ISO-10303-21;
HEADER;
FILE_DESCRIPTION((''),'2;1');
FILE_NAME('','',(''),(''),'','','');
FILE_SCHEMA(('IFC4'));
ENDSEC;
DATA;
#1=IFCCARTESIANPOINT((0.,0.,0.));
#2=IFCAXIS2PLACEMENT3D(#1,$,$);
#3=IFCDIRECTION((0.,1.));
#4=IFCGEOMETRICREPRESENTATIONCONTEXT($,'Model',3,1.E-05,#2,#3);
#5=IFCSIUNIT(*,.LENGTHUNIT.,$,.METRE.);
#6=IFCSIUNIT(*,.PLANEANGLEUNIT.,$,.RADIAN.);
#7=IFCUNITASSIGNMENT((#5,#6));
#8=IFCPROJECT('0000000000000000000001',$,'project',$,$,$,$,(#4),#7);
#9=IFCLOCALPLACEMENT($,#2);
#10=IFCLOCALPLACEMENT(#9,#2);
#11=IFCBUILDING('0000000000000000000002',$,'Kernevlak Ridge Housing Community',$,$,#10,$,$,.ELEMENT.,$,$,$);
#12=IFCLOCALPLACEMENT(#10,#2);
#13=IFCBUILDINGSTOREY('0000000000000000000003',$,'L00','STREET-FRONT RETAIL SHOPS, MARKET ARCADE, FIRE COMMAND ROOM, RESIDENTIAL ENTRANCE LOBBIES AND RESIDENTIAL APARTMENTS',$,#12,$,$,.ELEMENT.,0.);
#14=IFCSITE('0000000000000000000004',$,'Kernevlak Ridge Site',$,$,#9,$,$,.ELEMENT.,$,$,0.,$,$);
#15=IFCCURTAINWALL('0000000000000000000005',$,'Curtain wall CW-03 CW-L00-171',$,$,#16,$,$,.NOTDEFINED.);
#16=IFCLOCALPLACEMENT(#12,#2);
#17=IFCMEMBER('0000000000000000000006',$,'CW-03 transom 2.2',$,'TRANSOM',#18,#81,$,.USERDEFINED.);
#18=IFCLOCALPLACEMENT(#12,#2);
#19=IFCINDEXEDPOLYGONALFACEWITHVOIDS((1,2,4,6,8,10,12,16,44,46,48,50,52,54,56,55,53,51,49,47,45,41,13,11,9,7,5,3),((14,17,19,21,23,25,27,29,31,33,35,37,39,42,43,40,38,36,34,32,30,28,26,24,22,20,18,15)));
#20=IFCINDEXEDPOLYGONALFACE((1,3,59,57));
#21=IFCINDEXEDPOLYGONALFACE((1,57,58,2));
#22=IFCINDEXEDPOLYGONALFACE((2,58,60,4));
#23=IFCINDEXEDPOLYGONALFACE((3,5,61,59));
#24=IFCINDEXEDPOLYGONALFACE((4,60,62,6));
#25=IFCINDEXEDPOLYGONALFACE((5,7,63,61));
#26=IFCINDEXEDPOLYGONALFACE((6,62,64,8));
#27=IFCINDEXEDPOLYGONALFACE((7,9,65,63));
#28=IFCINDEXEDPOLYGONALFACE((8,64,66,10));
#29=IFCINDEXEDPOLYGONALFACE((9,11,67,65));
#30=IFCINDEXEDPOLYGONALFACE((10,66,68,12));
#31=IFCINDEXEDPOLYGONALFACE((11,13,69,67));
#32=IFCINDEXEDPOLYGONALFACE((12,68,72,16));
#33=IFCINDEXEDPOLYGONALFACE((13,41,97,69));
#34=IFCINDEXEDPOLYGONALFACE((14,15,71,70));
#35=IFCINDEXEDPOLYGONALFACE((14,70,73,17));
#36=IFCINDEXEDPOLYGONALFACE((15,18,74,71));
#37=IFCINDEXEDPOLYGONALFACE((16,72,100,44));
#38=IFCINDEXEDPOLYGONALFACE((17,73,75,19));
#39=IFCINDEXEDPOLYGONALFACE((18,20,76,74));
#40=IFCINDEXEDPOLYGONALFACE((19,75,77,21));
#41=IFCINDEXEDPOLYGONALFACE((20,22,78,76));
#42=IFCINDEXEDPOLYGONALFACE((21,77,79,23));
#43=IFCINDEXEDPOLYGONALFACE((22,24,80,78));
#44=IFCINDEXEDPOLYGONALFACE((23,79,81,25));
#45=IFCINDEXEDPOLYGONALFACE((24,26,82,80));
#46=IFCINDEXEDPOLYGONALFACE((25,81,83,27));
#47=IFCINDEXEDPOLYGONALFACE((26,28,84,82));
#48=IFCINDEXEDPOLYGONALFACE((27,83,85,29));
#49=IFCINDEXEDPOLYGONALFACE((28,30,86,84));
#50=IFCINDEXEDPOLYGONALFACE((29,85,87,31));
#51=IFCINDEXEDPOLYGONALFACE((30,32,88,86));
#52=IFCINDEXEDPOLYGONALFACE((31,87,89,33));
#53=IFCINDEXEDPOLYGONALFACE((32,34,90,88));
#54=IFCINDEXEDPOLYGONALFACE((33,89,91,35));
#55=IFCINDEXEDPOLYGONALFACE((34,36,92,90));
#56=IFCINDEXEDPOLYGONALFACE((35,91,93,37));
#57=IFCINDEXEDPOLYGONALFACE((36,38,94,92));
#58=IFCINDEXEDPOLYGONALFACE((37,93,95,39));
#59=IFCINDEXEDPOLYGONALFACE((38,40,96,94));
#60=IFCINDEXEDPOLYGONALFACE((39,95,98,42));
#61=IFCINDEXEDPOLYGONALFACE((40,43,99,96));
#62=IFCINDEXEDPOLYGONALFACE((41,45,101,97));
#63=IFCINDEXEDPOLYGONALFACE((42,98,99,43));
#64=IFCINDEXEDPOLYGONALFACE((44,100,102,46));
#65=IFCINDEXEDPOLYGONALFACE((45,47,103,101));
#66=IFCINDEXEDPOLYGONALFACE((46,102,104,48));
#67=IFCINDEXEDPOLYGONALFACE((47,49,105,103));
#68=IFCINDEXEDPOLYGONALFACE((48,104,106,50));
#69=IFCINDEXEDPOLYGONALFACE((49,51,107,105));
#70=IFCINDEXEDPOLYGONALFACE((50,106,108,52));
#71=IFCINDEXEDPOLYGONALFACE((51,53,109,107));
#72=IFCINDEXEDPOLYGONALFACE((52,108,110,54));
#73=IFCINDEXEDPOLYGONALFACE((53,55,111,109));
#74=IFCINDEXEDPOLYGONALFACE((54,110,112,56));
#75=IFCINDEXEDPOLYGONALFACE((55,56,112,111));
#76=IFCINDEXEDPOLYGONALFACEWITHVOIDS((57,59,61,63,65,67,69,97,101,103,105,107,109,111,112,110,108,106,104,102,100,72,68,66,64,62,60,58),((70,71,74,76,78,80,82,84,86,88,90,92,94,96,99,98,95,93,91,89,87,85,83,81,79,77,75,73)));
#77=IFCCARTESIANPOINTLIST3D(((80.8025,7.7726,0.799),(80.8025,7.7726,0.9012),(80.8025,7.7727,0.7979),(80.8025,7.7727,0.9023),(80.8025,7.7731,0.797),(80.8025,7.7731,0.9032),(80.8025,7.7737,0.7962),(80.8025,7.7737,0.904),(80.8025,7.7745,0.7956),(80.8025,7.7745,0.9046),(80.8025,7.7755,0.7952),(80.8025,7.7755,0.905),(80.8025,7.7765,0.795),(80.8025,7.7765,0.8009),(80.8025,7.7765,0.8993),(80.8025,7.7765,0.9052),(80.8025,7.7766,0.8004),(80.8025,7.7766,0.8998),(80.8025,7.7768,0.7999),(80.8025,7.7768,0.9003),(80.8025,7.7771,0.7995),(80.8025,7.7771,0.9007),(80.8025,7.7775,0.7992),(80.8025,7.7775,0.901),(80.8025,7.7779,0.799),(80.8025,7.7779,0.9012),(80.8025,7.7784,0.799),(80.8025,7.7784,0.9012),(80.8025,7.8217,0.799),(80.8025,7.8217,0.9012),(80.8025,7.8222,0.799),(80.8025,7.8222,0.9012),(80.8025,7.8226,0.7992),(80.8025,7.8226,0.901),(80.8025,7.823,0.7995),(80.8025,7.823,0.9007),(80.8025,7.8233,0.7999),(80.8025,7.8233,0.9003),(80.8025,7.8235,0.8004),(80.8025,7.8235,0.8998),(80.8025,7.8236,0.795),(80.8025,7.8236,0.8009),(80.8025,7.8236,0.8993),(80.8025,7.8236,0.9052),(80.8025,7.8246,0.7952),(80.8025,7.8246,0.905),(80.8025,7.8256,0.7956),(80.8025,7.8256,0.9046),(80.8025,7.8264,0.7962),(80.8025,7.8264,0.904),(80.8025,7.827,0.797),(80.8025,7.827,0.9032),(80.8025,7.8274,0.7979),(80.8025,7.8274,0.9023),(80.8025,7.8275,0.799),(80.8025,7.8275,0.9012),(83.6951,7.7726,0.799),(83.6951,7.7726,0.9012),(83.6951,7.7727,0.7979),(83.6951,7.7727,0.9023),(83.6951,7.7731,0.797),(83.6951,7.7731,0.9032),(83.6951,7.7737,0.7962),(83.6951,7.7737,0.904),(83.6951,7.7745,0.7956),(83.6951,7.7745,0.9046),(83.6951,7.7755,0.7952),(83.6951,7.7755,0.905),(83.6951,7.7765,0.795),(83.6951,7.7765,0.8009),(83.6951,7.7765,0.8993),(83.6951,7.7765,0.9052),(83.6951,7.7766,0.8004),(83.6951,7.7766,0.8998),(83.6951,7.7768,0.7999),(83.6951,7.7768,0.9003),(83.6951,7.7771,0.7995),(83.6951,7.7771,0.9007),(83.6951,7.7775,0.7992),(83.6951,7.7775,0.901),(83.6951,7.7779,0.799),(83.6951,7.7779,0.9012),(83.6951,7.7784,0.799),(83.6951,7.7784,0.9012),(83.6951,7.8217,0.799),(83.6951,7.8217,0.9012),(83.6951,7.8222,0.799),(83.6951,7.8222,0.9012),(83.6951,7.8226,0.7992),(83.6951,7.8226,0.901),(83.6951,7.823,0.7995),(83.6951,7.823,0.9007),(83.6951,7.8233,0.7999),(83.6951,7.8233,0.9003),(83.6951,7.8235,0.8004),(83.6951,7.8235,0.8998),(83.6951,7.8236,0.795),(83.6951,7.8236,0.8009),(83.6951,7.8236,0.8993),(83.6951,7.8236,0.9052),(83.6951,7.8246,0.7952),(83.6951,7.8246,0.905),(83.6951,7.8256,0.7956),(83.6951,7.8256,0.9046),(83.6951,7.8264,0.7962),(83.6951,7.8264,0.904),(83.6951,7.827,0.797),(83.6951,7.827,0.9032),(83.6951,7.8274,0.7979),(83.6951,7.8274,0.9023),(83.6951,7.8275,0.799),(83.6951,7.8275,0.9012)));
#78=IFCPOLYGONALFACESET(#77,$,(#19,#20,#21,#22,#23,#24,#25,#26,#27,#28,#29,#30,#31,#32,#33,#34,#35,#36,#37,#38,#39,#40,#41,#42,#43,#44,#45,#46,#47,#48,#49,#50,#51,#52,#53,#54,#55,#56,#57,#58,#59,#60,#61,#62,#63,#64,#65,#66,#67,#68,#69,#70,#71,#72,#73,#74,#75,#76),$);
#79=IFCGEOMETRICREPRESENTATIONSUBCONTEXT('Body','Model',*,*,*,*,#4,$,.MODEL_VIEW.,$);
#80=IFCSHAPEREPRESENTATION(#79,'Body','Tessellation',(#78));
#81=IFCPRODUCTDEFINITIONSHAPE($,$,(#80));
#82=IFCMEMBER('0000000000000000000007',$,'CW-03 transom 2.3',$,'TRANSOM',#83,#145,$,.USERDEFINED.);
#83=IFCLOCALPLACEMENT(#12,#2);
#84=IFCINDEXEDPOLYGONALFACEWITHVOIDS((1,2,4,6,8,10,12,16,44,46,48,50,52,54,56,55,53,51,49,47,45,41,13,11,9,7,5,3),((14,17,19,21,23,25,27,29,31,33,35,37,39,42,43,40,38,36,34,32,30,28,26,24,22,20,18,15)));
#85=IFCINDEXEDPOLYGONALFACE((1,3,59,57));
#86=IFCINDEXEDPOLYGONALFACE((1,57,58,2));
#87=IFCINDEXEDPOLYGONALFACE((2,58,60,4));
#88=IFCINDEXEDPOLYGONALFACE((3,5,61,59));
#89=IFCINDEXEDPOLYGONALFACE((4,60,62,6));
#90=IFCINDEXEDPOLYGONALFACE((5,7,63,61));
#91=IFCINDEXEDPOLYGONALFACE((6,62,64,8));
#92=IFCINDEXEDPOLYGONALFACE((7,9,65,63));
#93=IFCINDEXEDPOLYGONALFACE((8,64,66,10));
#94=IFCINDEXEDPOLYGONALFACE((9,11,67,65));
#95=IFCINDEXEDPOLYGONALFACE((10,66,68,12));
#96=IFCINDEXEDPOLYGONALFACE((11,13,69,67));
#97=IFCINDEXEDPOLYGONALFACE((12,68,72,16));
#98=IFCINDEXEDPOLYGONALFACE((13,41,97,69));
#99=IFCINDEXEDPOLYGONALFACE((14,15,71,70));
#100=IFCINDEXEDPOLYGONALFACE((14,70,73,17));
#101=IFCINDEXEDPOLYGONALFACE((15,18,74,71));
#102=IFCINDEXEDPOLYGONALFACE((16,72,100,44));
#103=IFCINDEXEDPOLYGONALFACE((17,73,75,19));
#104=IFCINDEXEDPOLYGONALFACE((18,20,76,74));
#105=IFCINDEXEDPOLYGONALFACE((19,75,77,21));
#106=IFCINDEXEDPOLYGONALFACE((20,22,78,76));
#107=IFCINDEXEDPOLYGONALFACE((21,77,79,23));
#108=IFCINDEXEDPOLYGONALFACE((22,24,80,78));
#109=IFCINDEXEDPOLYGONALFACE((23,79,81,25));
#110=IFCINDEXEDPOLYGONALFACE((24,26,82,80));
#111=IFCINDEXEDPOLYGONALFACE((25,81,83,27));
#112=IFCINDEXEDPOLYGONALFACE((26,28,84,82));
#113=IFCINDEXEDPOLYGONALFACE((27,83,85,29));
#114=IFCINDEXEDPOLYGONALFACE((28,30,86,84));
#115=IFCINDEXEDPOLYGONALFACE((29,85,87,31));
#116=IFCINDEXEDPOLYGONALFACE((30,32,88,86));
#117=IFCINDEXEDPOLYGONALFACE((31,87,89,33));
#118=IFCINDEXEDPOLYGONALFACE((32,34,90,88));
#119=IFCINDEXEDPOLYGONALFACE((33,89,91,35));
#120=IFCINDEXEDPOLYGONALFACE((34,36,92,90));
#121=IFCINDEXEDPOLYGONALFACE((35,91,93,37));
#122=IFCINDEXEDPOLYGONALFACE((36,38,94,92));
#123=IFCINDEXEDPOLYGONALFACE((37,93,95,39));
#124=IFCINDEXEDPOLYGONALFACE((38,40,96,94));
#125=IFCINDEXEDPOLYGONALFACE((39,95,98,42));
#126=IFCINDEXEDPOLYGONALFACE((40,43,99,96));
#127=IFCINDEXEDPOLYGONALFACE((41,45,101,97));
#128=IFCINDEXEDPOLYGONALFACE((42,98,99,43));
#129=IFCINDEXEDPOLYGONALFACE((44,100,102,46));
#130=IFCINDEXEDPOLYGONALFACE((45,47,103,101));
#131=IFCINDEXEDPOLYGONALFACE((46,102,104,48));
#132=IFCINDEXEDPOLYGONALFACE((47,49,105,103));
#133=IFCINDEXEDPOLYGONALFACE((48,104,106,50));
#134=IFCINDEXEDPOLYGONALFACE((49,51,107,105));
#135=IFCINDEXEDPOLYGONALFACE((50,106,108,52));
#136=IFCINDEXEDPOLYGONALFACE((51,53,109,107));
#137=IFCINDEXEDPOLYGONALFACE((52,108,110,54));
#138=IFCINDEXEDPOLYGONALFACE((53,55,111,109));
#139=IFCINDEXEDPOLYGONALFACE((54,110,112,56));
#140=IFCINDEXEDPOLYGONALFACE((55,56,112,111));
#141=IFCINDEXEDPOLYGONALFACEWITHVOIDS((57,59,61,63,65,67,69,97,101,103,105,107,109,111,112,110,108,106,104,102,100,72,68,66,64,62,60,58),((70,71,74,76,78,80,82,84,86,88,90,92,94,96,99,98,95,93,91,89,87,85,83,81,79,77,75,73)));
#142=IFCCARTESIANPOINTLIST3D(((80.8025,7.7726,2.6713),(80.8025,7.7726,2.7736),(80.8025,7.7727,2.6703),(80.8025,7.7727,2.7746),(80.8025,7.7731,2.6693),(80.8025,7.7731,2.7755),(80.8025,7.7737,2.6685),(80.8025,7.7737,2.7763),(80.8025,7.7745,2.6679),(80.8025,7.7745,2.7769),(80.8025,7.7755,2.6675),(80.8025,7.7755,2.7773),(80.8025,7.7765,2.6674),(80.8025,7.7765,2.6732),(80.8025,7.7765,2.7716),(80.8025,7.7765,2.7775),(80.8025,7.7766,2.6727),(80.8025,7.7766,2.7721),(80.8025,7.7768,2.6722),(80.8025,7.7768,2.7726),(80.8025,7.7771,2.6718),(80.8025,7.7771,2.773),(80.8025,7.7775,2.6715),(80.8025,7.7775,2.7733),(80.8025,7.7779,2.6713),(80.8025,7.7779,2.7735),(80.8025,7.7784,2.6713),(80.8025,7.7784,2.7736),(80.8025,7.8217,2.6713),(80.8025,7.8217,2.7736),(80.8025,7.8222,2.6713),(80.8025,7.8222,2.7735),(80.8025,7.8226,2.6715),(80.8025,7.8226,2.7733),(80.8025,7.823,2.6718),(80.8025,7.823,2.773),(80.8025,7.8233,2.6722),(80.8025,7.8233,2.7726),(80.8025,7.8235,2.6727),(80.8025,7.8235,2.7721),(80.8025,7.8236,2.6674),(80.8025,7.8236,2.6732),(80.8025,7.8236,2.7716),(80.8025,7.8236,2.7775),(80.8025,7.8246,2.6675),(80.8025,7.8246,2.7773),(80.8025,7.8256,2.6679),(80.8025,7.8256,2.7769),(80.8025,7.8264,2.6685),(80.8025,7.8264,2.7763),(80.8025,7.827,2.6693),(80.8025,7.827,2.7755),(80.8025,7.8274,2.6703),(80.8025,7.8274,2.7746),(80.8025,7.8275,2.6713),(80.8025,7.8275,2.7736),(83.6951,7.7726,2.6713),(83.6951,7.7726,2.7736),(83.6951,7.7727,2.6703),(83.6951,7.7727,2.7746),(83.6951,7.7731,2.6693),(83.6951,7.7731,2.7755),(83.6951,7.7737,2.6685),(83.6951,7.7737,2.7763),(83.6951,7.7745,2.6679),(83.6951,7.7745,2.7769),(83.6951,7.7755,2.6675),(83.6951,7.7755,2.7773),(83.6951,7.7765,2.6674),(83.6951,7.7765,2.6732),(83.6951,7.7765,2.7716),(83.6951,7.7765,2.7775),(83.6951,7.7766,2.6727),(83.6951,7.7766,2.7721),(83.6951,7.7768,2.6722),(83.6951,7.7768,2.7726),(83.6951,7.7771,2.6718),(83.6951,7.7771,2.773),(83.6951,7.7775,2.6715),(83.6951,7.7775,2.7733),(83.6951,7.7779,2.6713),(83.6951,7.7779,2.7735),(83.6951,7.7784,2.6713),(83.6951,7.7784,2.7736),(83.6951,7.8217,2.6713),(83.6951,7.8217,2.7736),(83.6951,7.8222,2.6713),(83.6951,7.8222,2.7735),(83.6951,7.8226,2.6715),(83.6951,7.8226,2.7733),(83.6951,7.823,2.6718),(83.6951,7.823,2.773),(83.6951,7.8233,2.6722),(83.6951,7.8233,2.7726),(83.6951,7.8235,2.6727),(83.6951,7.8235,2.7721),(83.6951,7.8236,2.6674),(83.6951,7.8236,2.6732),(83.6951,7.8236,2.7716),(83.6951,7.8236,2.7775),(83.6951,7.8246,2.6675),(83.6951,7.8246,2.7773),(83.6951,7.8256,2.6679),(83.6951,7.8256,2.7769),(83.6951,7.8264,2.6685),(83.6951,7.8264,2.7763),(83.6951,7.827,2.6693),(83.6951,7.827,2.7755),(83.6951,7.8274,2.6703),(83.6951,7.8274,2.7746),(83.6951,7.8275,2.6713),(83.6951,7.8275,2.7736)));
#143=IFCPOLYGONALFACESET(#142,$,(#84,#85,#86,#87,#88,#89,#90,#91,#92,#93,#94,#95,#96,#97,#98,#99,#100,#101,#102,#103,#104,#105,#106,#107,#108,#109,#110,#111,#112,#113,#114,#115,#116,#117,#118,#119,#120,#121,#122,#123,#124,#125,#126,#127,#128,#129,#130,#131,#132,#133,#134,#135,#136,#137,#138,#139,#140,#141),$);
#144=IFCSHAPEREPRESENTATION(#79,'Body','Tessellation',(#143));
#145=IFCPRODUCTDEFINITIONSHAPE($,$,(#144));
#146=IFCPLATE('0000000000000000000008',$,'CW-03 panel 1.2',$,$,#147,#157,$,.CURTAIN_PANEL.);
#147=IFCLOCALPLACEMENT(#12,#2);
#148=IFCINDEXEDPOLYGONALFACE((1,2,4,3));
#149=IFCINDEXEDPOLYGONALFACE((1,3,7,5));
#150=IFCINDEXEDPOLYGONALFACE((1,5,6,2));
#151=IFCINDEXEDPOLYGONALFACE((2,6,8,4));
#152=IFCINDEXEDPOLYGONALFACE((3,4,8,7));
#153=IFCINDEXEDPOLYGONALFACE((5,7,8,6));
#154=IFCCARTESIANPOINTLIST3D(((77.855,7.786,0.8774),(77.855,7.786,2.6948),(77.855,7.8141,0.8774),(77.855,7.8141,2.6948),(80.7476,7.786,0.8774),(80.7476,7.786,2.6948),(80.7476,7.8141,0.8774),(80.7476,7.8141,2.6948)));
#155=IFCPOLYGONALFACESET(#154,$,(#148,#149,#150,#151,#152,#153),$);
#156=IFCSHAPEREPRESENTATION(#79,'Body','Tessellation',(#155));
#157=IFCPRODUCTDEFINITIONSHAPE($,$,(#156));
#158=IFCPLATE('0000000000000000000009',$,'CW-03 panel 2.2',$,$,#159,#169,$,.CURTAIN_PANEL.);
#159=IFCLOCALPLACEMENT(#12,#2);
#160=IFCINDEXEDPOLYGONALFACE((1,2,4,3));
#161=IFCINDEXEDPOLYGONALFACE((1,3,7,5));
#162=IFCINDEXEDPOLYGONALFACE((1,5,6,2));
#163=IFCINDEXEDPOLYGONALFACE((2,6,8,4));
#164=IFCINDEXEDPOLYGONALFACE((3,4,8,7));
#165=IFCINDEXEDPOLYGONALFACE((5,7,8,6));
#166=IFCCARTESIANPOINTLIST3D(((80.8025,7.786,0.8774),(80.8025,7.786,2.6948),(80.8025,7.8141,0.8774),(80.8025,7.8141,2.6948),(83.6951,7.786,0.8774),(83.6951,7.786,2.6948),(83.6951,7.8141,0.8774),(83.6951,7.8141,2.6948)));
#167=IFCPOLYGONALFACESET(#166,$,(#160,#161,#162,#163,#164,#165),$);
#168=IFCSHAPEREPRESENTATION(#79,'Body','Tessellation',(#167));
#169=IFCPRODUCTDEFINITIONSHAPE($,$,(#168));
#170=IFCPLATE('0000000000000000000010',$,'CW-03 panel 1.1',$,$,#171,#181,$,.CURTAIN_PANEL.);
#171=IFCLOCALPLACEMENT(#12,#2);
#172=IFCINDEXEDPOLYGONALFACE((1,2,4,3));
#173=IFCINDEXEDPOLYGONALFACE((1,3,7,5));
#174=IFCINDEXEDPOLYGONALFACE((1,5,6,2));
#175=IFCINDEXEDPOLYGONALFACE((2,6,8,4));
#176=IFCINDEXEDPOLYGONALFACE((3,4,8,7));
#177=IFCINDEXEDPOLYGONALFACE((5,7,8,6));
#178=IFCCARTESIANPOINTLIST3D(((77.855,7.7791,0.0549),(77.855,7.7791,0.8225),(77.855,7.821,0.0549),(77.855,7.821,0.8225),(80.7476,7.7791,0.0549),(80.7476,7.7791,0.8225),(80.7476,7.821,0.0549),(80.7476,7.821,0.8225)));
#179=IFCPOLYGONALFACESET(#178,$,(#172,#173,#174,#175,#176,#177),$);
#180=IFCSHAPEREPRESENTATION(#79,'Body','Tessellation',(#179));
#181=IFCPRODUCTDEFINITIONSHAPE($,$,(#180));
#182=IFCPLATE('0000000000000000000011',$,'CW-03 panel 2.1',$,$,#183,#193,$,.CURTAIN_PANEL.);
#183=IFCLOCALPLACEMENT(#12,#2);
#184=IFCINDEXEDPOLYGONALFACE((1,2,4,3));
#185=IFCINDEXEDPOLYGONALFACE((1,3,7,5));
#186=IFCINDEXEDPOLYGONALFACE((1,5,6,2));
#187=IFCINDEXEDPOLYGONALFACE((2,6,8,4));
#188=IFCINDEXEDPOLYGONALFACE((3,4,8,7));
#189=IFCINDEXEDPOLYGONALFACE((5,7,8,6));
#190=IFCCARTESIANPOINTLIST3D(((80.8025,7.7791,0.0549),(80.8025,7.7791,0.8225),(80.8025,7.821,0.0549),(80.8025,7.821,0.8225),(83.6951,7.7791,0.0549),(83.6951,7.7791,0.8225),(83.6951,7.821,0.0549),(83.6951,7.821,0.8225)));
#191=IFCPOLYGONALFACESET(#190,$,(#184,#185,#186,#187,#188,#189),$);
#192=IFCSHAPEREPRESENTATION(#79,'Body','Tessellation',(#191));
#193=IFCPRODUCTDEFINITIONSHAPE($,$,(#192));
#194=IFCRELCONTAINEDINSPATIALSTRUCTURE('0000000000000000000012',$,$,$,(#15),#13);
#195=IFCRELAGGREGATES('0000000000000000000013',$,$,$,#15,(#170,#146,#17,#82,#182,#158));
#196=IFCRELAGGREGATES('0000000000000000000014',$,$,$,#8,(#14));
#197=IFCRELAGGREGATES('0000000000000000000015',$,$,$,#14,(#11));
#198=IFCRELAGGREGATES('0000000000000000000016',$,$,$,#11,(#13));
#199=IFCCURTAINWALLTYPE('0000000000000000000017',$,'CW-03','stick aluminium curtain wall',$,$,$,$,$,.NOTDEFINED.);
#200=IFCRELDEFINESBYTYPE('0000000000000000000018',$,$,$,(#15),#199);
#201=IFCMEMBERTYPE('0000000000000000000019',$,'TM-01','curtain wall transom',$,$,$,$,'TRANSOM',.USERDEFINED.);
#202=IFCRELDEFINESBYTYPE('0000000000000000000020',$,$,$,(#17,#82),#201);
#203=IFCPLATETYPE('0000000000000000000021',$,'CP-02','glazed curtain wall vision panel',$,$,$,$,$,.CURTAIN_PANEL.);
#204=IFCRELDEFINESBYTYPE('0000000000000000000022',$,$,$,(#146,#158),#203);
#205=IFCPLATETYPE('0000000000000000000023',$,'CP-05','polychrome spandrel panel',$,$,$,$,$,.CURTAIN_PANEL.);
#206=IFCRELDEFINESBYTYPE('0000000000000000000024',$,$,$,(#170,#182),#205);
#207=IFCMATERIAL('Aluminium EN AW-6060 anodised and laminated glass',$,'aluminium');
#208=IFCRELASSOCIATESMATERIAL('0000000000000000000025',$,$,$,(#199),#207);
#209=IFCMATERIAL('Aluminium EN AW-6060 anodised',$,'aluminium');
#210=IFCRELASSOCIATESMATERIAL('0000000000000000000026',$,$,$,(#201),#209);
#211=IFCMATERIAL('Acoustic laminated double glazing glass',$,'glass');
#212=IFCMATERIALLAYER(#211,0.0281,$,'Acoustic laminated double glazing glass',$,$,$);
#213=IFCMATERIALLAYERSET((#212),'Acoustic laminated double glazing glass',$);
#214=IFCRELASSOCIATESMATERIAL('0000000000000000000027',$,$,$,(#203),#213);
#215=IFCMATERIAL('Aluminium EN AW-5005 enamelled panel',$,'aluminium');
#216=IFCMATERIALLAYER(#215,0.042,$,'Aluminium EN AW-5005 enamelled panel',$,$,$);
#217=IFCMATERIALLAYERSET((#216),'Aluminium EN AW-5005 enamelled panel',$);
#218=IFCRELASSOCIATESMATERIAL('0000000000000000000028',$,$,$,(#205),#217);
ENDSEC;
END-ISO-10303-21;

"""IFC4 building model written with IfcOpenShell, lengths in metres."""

from ifc_helpers import new_model, si_unit, direction, frame, origin, origin_2d, place, context, subcontext, project, spatial, rectangle, hollow_rectangle, extrude, material, layer, layer_set, material_profile, profile_set, type_object, element, aggregate, save


model = new_model("IFC4")

# Units and contexts
model_context = context("Model", 3, precision=1e-05, world=origin(), true_north=direction((0.0, 1.0)))
body_context = subcontext(model_context, "Body", "Model", "MODEL_VIEW")
ifc_project = project(units=[si_unit("LENGTHUNIT", "METRE"), si_unit("PLANEANGLEUNIT", "RADIAN")], contexts=[model_context])

# Site, building, storey
site_placement = place(None, origin())
site = spatial("IfcSite", under=ifc_project, at=site_placement, Name="Kernevlak Ridge Site", CompositionType="ELEMENT", RefElevation=0.0)
building_placement = place(site_placement, origin())
building = spatial("IfcBuilding", under=site, at=building_placement, Name="Kernevlak Ridge Housing Community", CompositionType="ELEMENT")
storey_placement = place(building_placement, origin())
storey = spatial("IfcBuildingStorey", under=building, at=storey_placement, Name="L00", Description="STREET-FRONT RETAIL SHOPS, MARKET ARCADE, FIRE COMMAND ROOM, RESIDENTIAL ENTRANCE LOBBIES AND RESIDENTIAL APARTMENTS", CompositionType="ELEMENT", Elevation=0.0)

# Curtain wall
ifc_material_1 = material(Name="Aluminium EN AW-6060 anodised and laminated glass", Category="aluminium")
curtain_wall_type = type_object("IfcCurtainWallType", Name="CW-03", Description="stick aluminium curtain wall", PredefinedType="NOTDEFINED", material=ifc_material_1)
curtain_wall_placement = place(storey_placement, origin())
curtain_wall = element("IfcCurtainWall", 1, at=curtain_wall_placement, inside=storey, type_object=curtain_wall_type, Name="Curtain wall CW-03 CW-L00-171", PredefinedType="NOTDEFINED")
ifc_material_2 = material(Name="Aluminium EN AW-6060 anodised", Category="aluminium")

# Members
ifc_material_profile_1 = material_profile(ifc_material_2, hollow_rectangle(XDim=0.0549, YDim=0.1101, WallThickness=0.0039, InnerFilletRadius=0.002, OuterFilletRadius=0.0039, at=origin_2d()), Name="ALU 55x110x4")
ifc_profile_set_1 = profile_set([ifc_material_profile_1], Name="Aluminium EN AW-6060 anodised")
member_type_1 = type_object("IfcMemberType", Name="TM-01", Description="curtain wall transom", ElementType="TRANSOM", PredefinedType="USERDEFINED", material=ifc_profile_set_1)
member_1_placement = place(storey_placement, frame((80.8025, 7.8, 0.8501), z_axis=(1.0, 0.0, 0.0), x_axis=(0.0, 1.0, 0.0)))
member_1 = element("IfcMember", 2, at=member_1_placement, type_object=member_type_1, Name="CW-03 transom 2.2", ObjectType="TRANSOM", PredefinedType="USERDEFINED", context=body_context, shape_type="SweptSolid", body=[
    extrude(hollow_rectangle(XDim=0.0549, YDim=0.1101, WallThickness=0.0039, InnerFilletRadius=0.002, OuterFilletRadius=0.0039, at=origin_2d()), origin(), (0.0, 0.0, 1.0), 2.8926),
])
member_2_placement = place(storey_placement, frame((80.8025, 7.8, 2.7224), z_axis=(1.0, 0.0, 0.0), x_axis=(0.0, 1.0, 0.0)))
member_2 = element("IfcMember", 3, at=member_2_placement, type_object=member_type_1, Name="CW-03 transom 2.3", ObjectType="TRANSOM", PredefinedType="USERDEFINED", context=body_context, shape_type="SweptSolid", body=[
    extrude(hollow_rectangle(XDim=0.0549, YDim=0.1101, WallThickness=0.0039, InnerFilletRadius=0.002, OuterFilletRadius=0.0039, at=origin_2d()), origin(), (0.0, 0.0, 1.0), 2.8926),
])

# Plates
ifc_material_3 = material(Name="Acoustic laminated double glazing glass", Category="glass")
ifc_layer_1 = layer(ifc_material_3, 0.0281, Name="Acoustic laminated double glazing glass")
ifc_layer_set_1 = layer_set([ifc_layer_1], Name="Acoustic laminated double glazing glass")
plate_type_1 = type_object("IfcPlateType", Name="CP-02", Description="glazed curtain wall vision panel", PredefinedType="CURTAIN_PANEL", material=ifc_layer_set_1)
plate_1_placement = place(storey_placement, frame((79.3013, 7.8, 0.8774), z_axis=(0.0, 0.0, 1.0), x_axis=(1.0, 0.0, 0.0)))
plate_1 = element("IfcPlate", 4, at=plate_1_placement, type_object=plate_type_1, Name="CW-03 panel 1.2", PredefinedType="CURTAIN_PANEL", context=body_context, shape_type="SweptSolid", body=[
    extrude(rectangle(XDim=2.8926, YDim=0.0281, at=origin_2d()), origin(), (0.0, 0.0, 1.0), 1.8174),
])
plate_2_placement = place(storey_placement, frame((82.2488, 7.8, 0.8774), z_axis=(0.0, 0.0, 1.0), x_axis=(1.0, 0.0, 0.0)))
plate_2 = element("IfcPlate", 5, at=plate_2_placement, type_object=plate_type_1, Name="CW-03 panel 2.2", PredefinedType="CURTAIN_PANEL", context=body_context, shape_type="SweptSolid", body=[
    extrude(rectangle(XDim=2.8926, YDim=0.0281, at=origin_2d()), origin(), (0.0, 0.0, 1.0), 1.8174),
])
ifc_material_4 = material(Name="Aluminium EN AW-5005 enamelled panel", Category="aluminium")
ifc_layer_2 = layer(ifc_material_4, 0.042, Name="Aluminium EN AW-5005 enamelled panel")
ifc_layer_set_2 = layer_set([ifc_layer_2], Name="Aluminium EN AW-5005 enamelled panel")
plate_type_2 = type_object("IfcPlateType", Name="CP-05", Description="polychrome spandrel panel", PredefinedType="CURTAIN_PANEL", material=ifc_layer_set_2)
plate_3_placement = place(storey_placement, frame((79.3013, 7.8, 0.0549), z_axis=(0.0, 0.0, 1.0), x_axis=(1.0, 0.0, 0.0)))
plate_3 = element("IfcPlate", 6, at=plate_3_placement, type_object=plate_type_2, Name="CW-03 panel 1.1", PredefinedType="CURTAIN_PANEL", context=body_context, shape_type="SweptSolid", body=[
    extrude(rectangle(XDim=2.8926, YDim=0.042, at=origin_2d()), origin(), (0.0, 0.0, 1.0), 0.7676),
])
plate_4_placement = place(storey_placement, frame((82.2488, 7.8, 0.0549), z_axis=(0.0, 0.0, 1.0), x_axis=(1.0, 0.0, 0.0)))
plate_4 = element("IfcPlate", 7, at=plate_4_placement, type_object=plate_type_2, Name="CW-03 panel 2.1", PredefinedType="CURTAIN_PANEL", context=body_context, shape_type="SweptSolid", body=[
    extrude(rectangle(XDim=2.8926, YDim=0.042, at=origin_2d()), origin(), (0.0, 0.0, 1.0), 0.7676),
])
aggregate(curtain_wall, [plate_3, plate_1, member_1, member_2, plate_4, plate_2])

save(model, "model.ifc")
